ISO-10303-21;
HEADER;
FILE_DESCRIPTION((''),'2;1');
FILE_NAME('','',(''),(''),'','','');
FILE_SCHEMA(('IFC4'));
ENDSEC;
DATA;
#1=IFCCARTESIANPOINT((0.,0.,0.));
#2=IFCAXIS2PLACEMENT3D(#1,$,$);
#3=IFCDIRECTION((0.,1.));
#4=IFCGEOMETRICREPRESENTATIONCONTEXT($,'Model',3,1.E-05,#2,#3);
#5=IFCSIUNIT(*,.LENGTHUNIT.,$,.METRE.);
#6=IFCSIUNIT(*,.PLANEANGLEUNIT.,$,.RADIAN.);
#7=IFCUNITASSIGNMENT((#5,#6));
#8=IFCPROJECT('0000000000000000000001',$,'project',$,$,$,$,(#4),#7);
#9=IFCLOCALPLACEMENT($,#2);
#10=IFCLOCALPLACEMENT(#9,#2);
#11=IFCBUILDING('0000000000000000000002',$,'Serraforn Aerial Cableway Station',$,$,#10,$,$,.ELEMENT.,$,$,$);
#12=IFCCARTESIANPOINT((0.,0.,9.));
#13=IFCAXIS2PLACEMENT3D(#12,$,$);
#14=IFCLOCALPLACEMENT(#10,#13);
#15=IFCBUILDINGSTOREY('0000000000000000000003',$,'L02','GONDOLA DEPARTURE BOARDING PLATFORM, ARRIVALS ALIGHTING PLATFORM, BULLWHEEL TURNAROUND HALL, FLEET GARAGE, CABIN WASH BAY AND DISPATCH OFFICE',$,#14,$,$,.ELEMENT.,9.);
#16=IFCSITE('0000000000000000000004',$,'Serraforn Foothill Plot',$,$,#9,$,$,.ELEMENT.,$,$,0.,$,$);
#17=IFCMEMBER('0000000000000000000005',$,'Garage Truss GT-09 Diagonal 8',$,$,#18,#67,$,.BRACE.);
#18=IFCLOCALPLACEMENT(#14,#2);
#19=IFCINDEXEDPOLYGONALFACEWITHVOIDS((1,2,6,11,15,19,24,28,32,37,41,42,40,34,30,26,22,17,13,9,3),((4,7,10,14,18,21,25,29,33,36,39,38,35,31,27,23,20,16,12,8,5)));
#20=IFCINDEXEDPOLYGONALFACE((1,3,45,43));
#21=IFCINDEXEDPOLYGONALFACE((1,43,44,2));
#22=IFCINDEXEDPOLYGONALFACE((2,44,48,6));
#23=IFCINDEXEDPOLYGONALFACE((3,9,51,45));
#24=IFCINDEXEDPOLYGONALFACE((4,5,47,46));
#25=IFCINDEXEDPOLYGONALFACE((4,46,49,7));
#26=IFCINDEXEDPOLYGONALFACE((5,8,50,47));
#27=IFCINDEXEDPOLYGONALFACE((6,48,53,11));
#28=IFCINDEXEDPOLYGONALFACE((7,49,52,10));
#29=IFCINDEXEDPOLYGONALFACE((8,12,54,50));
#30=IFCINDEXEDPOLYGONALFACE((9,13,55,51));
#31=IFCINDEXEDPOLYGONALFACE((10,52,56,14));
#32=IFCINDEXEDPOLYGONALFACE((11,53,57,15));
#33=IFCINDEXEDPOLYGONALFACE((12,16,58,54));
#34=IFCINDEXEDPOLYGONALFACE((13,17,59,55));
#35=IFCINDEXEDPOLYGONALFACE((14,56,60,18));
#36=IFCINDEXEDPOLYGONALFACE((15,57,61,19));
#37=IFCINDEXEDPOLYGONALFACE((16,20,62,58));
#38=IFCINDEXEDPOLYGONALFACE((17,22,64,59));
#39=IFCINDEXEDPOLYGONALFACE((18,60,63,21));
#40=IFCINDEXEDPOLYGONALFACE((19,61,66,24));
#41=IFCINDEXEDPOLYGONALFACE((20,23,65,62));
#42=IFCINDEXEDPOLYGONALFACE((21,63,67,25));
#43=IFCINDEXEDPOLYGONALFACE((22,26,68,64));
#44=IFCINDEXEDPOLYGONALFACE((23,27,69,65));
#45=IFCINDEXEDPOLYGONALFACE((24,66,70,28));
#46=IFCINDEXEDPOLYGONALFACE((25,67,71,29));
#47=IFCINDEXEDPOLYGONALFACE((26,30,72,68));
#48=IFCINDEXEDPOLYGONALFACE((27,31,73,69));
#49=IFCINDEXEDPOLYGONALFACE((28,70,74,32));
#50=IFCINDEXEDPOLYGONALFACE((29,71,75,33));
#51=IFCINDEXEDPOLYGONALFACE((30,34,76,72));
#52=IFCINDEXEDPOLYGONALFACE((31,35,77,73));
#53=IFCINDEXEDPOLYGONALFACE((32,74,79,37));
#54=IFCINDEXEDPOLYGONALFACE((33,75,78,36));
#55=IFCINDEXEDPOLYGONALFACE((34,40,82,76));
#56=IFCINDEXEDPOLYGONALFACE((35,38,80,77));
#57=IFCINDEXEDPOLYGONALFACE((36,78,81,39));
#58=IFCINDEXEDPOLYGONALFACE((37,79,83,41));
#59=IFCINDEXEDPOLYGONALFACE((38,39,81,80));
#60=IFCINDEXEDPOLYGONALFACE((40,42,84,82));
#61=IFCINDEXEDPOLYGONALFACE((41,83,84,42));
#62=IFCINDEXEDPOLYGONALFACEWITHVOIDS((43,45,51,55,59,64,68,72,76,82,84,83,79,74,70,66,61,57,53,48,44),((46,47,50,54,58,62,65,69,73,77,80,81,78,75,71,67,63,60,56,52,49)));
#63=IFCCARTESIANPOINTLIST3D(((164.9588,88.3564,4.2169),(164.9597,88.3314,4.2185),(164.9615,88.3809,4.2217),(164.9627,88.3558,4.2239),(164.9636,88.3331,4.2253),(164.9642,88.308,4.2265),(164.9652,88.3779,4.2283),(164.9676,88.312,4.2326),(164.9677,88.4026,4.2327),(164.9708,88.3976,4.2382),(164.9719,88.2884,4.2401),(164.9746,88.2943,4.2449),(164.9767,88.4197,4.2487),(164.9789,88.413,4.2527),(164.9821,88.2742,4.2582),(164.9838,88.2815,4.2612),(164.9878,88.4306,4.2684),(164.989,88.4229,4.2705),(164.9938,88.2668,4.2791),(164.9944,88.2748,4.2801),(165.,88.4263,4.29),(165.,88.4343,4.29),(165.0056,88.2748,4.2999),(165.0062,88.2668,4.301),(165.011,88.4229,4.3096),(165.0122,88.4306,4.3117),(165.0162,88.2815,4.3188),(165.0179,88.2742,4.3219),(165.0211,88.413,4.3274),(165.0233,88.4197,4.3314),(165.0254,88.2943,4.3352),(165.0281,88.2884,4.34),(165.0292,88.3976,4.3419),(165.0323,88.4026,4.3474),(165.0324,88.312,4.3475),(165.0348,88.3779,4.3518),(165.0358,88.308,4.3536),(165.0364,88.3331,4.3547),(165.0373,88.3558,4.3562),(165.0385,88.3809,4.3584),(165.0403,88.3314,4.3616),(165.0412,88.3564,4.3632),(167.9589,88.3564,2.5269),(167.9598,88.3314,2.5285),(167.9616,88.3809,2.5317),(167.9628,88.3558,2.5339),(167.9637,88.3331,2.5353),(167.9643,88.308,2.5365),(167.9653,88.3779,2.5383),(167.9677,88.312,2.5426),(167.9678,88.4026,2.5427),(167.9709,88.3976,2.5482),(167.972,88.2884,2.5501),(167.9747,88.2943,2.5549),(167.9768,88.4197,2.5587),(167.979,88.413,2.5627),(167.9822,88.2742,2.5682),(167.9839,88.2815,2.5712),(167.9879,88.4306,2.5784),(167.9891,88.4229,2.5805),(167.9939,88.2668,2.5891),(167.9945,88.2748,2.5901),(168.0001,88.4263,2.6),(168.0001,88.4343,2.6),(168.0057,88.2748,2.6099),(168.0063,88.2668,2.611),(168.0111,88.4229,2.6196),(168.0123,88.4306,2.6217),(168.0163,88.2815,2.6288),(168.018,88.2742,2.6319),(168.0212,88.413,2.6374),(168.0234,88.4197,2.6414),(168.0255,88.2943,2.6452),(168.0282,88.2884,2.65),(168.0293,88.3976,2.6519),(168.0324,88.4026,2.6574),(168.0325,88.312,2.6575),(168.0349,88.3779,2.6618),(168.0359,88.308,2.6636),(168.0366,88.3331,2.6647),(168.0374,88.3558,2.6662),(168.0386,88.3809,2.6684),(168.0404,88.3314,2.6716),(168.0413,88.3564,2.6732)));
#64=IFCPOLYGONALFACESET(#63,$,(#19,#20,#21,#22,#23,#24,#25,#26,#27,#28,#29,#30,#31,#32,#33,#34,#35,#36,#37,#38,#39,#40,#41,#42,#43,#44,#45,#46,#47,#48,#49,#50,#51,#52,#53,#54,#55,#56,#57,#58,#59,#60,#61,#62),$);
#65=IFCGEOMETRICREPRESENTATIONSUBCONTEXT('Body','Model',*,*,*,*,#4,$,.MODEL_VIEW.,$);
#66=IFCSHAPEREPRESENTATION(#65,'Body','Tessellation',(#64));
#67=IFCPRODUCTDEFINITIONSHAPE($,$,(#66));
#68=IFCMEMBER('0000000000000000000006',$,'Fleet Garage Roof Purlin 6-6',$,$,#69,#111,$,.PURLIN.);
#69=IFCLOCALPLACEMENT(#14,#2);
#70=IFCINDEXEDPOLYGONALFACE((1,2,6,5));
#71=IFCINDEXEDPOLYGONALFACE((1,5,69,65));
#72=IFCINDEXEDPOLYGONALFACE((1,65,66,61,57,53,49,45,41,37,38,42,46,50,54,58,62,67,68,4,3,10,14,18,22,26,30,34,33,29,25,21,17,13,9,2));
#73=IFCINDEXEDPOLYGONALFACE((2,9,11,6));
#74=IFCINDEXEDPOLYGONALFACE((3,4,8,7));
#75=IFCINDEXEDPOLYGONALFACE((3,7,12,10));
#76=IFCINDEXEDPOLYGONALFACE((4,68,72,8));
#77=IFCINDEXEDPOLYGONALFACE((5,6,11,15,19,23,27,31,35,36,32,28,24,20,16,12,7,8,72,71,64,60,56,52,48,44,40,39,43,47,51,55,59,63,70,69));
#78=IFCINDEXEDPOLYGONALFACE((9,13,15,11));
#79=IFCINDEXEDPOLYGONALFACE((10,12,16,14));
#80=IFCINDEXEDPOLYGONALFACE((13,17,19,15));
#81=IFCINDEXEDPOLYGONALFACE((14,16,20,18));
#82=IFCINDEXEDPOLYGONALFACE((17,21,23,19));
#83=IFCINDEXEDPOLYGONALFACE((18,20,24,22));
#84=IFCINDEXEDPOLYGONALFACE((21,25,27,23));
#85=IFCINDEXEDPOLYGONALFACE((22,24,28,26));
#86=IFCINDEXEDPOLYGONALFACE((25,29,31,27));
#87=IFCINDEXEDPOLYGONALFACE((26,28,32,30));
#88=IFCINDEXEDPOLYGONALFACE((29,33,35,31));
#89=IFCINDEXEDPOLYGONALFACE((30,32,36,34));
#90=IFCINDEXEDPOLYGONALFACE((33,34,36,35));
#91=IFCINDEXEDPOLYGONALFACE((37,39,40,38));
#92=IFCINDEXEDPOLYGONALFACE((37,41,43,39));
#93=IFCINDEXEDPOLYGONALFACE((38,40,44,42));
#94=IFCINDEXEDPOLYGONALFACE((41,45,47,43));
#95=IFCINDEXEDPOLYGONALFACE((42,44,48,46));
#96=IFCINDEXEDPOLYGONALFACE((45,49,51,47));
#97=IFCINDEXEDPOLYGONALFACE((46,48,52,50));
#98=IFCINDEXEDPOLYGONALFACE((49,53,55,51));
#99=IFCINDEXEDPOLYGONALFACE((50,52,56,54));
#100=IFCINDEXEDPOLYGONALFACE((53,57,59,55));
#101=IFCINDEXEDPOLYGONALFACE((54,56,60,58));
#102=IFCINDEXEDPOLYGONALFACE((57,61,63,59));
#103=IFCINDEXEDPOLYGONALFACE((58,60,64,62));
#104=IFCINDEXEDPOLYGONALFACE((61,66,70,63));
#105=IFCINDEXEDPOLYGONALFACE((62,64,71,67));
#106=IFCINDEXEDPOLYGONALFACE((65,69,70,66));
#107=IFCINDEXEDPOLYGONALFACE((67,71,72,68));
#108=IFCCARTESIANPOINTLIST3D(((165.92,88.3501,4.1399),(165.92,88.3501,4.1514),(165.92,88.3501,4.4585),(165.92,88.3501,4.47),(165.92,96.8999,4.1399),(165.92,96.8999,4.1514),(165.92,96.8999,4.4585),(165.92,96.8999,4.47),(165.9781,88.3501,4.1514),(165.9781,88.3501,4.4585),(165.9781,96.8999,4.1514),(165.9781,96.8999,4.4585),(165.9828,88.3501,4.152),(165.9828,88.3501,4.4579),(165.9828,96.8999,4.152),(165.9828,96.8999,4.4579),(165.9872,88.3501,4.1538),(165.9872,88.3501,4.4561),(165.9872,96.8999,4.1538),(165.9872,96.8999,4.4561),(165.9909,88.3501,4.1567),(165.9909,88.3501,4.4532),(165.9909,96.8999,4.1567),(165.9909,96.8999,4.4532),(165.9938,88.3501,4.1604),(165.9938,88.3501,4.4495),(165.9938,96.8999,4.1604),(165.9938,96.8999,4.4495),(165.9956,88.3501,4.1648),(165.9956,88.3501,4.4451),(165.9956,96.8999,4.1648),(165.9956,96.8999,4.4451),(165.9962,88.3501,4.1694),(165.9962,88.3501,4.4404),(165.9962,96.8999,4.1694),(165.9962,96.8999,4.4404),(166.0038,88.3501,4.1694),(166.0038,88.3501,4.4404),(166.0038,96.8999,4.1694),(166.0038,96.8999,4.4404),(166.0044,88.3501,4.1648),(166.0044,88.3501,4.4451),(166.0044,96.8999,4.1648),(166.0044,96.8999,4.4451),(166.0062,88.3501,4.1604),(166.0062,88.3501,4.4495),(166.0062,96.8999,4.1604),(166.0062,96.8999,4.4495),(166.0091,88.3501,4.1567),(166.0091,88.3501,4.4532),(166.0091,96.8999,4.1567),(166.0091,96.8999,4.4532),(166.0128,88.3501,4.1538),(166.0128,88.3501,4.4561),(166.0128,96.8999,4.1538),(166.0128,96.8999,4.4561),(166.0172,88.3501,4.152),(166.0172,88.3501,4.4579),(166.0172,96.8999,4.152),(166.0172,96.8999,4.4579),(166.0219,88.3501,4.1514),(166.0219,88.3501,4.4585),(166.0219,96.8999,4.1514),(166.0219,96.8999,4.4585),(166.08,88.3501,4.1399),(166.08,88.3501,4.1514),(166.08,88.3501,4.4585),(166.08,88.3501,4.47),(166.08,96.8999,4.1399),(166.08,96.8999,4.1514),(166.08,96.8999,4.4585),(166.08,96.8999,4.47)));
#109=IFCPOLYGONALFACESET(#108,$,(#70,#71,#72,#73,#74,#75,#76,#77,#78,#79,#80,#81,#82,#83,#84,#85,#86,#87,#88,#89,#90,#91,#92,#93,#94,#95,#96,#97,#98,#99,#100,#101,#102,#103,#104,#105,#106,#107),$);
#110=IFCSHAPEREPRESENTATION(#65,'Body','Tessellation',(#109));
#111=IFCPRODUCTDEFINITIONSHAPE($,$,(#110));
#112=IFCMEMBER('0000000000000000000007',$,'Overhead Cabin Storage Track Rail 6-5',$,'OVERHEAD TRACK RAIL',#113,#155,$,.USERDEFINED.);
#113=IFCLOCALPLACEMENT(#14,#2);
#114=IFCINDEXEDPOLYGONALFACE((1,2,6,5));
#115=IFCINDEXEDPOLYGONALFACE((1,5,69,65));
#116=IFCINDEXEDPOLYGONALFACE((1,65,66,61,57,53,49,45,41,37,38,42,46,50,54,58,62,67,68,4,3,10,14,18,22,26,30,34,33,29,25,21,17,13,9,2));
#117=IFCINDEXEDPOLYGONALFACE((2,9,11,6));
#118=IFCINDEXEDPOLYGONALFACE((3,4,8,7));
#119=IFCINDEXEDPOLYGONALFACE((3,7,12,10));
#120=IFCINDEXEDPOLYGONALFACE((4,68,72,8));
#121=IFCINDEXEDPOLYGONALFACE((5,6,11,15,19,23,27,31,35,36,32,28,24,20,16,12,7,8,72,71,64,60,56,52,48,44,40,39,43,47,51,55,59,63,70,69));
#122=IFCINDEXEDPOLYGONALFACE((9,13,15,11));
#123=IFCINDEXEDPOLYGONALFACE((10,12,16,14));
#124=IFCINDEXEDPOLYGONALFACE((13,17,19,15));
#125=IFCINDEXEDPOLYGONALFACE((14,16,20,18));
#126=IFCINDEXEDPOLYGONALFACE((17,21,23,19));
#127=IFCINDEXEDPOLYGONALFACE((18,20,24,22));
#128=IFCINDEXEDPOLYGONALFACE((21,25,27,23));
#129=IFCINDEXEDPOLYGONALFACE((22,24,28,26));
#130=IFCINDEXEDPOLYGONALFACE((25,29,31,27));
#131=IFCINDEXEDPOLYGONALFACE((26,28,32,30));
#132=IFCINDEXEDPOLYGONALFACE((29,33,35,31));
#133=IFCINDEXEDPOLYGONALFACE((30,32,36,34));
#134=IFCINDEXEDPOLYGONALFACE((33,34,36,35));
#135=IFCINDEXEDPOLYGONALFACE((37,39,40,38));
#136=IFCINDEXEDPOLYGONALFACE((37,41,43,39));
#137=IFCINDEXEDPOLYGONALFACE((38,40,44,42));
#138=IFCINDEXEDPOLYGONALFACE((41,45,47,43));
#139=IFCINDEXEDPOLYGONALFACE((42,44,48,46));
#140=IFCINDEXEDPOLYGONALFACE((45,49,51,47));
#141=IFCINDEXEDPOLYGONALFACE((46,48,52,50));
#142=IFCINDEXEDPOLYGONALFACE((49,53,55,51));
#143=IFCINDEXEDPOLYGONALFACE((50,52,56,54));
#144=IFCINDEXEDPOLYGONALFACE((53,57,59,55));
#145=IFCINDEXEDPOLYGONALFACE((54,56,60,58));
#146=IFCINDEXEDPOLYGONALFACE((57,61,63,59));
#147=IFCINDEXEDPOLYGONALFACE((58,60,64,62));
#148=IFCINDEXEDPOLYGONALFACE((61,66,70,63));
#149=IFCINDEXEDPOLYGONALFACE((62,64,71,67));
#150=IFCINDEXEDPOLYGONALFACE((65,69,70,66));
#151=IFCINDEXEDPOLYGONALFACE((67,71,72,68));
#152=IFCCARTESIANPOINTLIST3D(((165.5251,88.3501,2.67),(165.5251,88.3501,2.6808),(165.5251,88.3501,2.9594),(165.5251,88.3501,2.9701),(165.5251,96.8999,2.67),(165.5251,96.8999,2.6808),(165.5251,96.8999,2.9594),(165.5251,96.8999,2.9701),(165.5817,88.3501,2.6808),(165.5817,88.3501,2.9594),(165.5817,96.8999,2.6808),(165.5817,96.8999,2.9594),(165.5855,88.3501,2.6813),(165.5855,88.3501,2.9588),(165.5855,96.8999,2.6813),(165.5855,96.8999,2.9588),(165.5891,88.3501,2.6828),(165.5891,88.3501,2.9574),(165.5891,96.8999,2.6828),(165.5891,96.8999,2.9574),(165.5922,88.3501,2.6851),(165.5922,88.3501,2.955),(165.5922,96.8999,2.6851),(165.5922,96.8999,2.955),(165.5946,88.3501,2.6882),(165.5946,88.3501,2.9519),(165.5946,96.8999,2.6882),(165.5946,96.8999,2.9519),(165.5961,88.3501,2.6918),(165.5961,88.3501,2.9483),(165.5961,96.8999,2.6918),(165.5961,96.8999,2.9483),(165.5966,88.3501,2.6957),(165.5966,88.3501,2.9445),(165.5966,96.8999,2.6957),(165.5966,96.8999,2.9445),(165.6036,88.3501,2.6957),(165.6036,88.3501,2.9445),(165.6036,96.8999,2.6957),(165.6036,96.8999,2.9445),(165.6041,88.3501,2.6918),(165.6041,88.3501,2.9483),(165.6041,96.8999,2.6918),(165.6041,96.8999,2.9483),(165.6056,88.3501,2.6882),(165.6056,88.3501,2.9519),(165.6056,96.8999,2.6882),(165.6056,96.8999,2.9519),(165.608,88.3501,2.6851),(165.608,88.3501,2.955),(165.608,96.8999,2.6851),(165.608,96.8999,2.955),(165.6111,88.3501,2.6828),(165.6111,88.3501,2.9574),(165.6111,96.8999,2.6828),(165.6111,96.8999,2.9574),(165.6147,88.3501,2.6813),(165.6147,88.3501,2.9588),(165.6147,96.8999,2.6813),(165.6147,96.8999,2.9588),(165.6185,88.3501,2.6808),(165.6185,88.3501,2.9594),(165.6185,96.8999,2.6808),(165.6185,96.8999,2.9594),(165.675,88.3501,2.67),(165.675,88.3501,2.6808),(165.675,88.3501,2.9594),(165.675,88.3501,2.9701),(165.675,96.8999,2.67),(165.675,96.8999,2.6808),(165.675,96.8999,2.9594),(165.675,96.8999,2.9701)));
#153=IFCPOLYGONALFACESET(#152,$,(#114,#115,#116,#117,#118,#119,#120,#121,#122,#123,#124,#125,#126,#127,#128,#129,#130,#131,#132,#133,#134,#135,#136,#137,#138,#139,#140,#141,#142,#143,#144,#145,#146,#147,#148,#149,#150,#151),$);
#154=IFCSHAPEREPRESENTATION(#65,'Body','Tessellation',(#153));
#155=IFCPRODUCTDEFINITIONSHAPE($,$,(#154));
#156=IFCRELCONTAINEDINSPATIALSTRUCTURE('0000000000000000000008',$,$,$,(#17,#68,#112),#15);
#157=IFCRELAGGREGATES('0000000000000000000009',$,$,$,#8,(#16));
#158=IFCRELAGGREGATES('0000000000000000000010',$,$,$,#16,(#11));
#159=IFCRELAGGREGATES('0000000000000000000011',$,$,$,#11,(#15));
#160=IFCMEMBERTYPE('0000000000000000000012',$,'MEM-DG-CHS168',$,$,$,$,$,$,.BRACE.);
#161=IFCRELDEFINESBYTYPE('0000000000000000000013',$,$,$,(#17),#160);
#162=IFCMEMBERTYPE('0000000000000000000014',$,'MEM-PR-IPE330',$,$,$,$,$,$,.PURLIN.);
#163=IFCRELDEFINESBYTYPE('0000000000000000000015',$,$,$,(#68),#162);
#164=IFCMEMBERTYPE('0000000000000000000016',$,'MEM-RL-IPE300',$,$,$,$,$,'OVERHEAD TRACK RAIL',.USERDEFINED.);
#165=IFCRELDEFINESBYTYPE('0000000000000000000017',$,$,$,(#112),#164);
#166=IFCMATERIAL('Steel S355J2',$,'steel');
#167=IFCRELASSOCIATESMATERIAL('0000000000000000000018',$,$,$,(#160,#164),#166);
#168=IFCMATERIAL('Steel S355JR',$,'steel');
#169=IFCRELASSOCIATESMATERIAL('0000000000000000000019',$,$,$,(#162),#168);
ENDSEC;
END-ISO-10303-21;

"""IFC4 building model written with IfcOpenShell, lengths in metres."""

from ifc_helpers import new_model, si_unit, direction, frame, origin, origin_2d, place, context, subcontext, project, spatial, hollow_circle, i_section, extrude, material, material_profile, profile_set, type_object, element, save


model = new_model("IFC4")

# Units and contexts
model_context = context("Model", 3, precision=1e-05, world=origin(), true_north=direction((0.0, 1.0)))
body_context = subcontext(model_context, "Body", "Model", "MODEL_VIEW")
ifc_project = project(units=[si_unit("LENGTHUNIT", "METRE"), si_unit("PLANEANGLEUNIT", "RADIAN")], contexts=[model_context])

# Site, building, storey
site_placement = place(None, origin())
site = spatial("IfcSite", under=ifc_project, at=site_placement, Name="Serraforn Foothill Plot", CompositionType="ELEMENT", RefElevation=0.0)
building_placement = place(site_placement, origin())
building = spatial("IfcBuilding", under=site, at=building_placement, Name="Serraforn Aerial Cableway Station", CompositionType="ELEMENT")
storey_placement = place(building_placement, frame((0.0, 0.0, 9.0)))
storey = spatial("IfcBuildingStorey", under=building, at=storey_placement, Name="L02", Description="GONDOLA DEPARTURE BOARDING PLATFORM, ARRIVALS ALIGHTING PLATFORM, BULLWHEEL TURNAROUND HALL, FLEET GARAGE, CABIN WASH BAY AND DISPATCH OFFICE", CompositionType="ELEMENT", Elevation=9.0)

# Members
ifc_material_1 = material(Name="Steel S355J2", Category="steel")
ifc_material_profile_1 = material_profile(ifc_material_1, hollow_circle(Radius=0.0842, WallThickness=0.0081, at=origin_2d()), Name="CHS 168.3x8.0")
ifc_profile_set_1 = profile_set([ifc_material_profile_1], Name="Steel S355J2")
member_type_1 = type_object("IfcMemberType", Name="MEM-DG-CHS168", PredefinedType="BRACE", material=ifc_profile_set_1)
for number, where, z_axis, x_axis, name in (
    (1, (165.0, 88.3501, 4.29), (0.871272, 0.0, -0.4908), (0.0, 1.0, 0.0), "Garage Truss GT-09 Diagonal 8"),
):
    element("IfcMember", number, at=place(storey_placement, frame(where, z_axis=z_axis, x_axis=x_axis)), inside=storey, type_object=member_type_1, Name=name, PredefinedType="BRACE", context=body_context, shape_type="SweptSolid", body=[
        extrude(hollow_circle(Radius=0.0842, WallThickness=0.0081, at=origin_2d()), origin(), (0.0, 0.0, 1.0), 3.4434),
    ])
ifc_material_2 = material(Name="Steel S355JR", Category="steel")
ifc_material_profile_2 = material_profile(ifc_material_2, i_section(OverallWidth=0.1599, OverallDepth=0.3301, WebThickness=0.0076, FlangeThickness=0.0115, FilletRadius=0.0181, at=origin_2d()), Name="IPE 330")
ifc_profile_set_2 = profile_set([ifc_material_profile_2], Name="Steel S355JR")
member_type_2 = type_object("IfcMemberType", Name="MEM-PR-IPE330", PredefinedType="PURLIN", material=ifc_profile_set_2)
member_1_placement = place(storey_placement, frame((166.0, 88.3501, 4.3049), z_axis=(0.0, 1.0, 0.0), x_axis=(-1.0, 0.0, 0.0)))
element("IfcMember", 2, at=member_1_placement, inside=storey, type_object=member_type_2, Name="Fleet Garage Roof Purlin 6-6", PredefinedType="PURLIN", context=body_context, shape_type="SweptSolid", body=[
    extrude(i_section(OverallWidth=0.1599, OverallDepth=0.3301, WebThickness=0.0076, FlangeThickness=0.0115, FilletRadius=0.0181, at=origin_2d()), origin(), (0.0, 0.0, 1.0), 8.5498),
])
ifc_material_profile_3 = material_profile(ifc_material_1, i_section(OverallWidth=0.1499, OverallDepth=0.3, WebThickness=0.0071, FlangeThickness=0.0107, FilletRadius=0.0149, at=origin_2d()), Name="IPE 300")
ifc_profile_set_3 = profile_set([ifc_material_profile_3], Name="Steel S355J2")
member_type_3 = type_object("IfcMemberType", Name="MEM-RL-IPE300", ElementType="OVERHEAD TRACK RAIL", PredefinedType="USERDEFINED", material=ifc_profile_set_3)
member_2_placement = place(storey_placement, frame((165.6001, 88.3501, 2.8201), z_axis=(0.0, 1.0, 0.0), x_axis=(-1.0, 0.0, 0.0)))
element("IfcMember", 3, at=member_2_placement, inside=storey, type_object=member_type_3, Name="Overhead Cabin Storage Track Rail 6-5", ObjectType="OVERHEAD TRACK RAIL", PredefinedType="USERDEFINED", context=body_context, shape_type="SweptSolid", body=[
    extrude(i_section(OverallWidth=0.1499, OverallDepth=0.3, WebThickness=0.0071, FlangeThickness=0.0107, FilletRadius=0.0149, at=origin_2d()), origin(), (0.0, 0.0, 1.0), 8.5498),
])

save(model, "model.ifc")
